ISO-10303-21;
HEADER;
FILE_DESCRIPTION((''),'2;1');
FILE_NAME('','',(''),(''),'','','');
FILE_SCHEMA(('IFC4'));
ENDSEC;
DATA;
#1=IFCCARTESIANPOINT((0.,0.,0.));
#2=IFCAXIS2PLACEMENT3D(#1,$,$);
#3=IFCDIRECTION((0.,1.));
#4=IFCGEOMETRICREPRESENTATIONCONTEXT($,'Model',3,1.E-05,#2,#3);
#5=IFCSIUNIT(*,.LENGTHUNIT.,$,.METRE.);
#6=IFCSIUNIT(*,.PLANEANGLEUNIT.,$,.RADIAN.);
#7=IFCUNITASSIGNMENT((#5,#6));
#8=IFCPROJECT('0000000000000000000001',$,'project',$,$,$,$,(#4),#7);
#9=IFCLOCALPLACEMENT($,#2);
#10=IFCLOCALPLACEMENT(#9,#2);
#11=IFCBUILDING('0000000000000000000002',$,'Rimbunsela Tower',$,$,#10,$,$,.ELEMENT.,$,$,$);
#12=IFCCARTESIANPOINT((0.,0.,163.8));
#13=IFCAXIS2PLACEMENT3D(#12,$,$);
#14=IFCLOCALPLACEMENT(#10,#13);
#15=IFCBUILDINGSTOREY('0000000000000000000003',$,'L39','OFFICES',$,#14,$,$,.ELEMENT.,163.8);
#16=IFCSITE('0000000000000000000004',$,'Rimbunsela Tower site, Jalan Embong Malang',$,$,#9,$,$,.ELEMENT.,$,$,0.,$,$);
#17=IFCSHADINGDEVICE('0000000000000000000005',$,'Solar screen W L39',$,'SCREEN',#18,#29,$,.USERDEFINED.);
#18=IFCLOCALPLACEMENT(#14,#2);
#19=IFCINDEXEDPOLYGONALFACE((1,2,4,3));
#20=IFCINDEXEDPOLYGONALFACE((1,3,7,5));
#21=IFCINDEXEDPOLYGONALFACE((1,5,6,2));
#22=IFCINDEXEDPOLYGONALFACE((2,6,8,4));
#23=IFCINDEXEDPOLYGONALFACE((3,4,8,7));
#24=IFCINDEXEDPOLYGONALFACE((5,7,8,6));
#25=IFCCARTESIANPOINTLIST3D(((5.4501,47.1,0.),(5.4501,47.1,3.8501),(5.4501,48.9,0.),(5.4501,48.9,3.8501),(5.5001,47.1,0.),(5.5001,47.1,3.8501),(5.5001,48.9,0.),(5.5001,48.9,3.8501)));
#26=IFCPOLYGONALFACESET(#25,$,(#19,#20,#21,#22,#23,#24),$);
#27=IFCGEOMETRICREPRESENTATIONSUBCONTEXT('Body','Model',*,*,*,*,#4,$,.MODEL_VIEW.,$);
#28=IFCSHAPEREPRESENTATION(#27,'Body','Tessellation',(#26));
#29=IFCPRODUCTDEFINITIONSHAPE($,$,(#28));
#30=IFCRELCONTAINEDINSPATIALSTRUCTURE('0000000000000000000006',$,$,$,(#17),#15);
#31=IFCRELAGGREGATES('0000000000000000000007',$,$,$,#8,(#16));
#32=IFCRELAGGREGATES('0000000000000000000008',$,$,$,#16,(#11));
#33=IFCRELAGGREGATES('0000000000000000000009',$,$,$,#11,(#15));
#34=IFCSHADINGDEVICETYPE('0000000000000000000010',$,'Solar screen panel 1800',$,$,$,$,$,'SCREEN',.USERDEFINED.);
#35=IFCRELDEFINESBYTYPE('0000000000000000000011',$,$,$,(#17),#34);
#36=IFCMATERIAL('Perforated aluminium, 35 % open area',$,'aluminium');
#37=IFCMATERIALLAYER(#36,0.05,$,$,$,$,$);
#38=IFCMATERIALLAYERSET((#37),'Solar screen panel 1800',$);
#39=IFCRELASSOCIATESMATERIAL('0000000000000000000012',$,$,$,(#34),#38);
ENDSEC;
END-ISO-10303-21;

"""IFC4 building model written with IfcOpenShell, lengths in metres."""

from ifc_helpers import new_model, si_unit, direction, frame, origin, origin_2d, place, context, subcontext, project, spatial, rectangle, extrude, material, layer, layer_set, type_object, element, save


model = new_model("IFC4")

# Units and contexts
model_context = context("Model", 3, precision=1e-05, world=origin(), true_north=direction((0.0, 1.0)))
body_context = subcontext(model_context, "Body", "Model", "MODEL_VIEW")
ifc_project = project(units=[si_unit("LENGTHUNIT", "METRE"), si_unit("PLANEANGLEUNIT", "RADIAN")], contexts=[model_context])

# Site, building, storey
site_placement = place(None, origin())
site = spatial("IfcSite", under=ifc_project, at=site_placement, Name="Rimbunsela Tower site, Jalan Embong Malang", CompositionType="ELEMENT", RefElevation=0.0)
building_placement = place(site_placement, origin())
building = spatial("IfcBuilding", under=site, at=building_placement, Name="Rimbunsela Tower", CompositionType="ELEMENT")
storey_placement = place(building_placement, frame((0.0, 0.0, 163.8)))
storey = spatial("IfcBuildingStorey", under=building, at=storey_placement, Name="L39", Description="OFFICES", CompositionType="ELEMENT", Elevation=163.8)

# Shading device
ifc_material_1 = material(Name="Perforated aluminium, 35 % open area", Category="aluminium")
ifc_layer_1 = layer(ifc_material_1, 0.05)
ifc_layer_set_1 = layer_set([ifc_layer_1], Name="Solar screen panel 1800")
shading_device_type = type_object("IfcShadingDeviceType", Name="Solar screen panel 1800", ElementType="SCREEN", PredefinedType="USERDEFINED", material=ifc_layer_set_1)
for number, where, z_axis, x_axis, name in (
    (1, (5.4751, 48.0, 0.0), (0.0, 0.0, 1.0), (0.0, 1.0, 0.0), "Solar screen W L39"),
):
    element("IfcShadingDevice", number, at=place(storey_placement, frame(where, z_axis=z_axis, x_axis=x_axis)), inside=storey, type_object=shading_device_type, Name=name, ObjectType="SCREEN", PredefinedType="USERDEFINED", context=body_context, shape_type="SweptSolid", body=[
        extrude(rectangle(XDim=1.8, YDim=0.05, at=origin_2d()), origin(), (0.0, 0.0, 1.0), 3.8501),
    ])

save(model, "model.ifc")
